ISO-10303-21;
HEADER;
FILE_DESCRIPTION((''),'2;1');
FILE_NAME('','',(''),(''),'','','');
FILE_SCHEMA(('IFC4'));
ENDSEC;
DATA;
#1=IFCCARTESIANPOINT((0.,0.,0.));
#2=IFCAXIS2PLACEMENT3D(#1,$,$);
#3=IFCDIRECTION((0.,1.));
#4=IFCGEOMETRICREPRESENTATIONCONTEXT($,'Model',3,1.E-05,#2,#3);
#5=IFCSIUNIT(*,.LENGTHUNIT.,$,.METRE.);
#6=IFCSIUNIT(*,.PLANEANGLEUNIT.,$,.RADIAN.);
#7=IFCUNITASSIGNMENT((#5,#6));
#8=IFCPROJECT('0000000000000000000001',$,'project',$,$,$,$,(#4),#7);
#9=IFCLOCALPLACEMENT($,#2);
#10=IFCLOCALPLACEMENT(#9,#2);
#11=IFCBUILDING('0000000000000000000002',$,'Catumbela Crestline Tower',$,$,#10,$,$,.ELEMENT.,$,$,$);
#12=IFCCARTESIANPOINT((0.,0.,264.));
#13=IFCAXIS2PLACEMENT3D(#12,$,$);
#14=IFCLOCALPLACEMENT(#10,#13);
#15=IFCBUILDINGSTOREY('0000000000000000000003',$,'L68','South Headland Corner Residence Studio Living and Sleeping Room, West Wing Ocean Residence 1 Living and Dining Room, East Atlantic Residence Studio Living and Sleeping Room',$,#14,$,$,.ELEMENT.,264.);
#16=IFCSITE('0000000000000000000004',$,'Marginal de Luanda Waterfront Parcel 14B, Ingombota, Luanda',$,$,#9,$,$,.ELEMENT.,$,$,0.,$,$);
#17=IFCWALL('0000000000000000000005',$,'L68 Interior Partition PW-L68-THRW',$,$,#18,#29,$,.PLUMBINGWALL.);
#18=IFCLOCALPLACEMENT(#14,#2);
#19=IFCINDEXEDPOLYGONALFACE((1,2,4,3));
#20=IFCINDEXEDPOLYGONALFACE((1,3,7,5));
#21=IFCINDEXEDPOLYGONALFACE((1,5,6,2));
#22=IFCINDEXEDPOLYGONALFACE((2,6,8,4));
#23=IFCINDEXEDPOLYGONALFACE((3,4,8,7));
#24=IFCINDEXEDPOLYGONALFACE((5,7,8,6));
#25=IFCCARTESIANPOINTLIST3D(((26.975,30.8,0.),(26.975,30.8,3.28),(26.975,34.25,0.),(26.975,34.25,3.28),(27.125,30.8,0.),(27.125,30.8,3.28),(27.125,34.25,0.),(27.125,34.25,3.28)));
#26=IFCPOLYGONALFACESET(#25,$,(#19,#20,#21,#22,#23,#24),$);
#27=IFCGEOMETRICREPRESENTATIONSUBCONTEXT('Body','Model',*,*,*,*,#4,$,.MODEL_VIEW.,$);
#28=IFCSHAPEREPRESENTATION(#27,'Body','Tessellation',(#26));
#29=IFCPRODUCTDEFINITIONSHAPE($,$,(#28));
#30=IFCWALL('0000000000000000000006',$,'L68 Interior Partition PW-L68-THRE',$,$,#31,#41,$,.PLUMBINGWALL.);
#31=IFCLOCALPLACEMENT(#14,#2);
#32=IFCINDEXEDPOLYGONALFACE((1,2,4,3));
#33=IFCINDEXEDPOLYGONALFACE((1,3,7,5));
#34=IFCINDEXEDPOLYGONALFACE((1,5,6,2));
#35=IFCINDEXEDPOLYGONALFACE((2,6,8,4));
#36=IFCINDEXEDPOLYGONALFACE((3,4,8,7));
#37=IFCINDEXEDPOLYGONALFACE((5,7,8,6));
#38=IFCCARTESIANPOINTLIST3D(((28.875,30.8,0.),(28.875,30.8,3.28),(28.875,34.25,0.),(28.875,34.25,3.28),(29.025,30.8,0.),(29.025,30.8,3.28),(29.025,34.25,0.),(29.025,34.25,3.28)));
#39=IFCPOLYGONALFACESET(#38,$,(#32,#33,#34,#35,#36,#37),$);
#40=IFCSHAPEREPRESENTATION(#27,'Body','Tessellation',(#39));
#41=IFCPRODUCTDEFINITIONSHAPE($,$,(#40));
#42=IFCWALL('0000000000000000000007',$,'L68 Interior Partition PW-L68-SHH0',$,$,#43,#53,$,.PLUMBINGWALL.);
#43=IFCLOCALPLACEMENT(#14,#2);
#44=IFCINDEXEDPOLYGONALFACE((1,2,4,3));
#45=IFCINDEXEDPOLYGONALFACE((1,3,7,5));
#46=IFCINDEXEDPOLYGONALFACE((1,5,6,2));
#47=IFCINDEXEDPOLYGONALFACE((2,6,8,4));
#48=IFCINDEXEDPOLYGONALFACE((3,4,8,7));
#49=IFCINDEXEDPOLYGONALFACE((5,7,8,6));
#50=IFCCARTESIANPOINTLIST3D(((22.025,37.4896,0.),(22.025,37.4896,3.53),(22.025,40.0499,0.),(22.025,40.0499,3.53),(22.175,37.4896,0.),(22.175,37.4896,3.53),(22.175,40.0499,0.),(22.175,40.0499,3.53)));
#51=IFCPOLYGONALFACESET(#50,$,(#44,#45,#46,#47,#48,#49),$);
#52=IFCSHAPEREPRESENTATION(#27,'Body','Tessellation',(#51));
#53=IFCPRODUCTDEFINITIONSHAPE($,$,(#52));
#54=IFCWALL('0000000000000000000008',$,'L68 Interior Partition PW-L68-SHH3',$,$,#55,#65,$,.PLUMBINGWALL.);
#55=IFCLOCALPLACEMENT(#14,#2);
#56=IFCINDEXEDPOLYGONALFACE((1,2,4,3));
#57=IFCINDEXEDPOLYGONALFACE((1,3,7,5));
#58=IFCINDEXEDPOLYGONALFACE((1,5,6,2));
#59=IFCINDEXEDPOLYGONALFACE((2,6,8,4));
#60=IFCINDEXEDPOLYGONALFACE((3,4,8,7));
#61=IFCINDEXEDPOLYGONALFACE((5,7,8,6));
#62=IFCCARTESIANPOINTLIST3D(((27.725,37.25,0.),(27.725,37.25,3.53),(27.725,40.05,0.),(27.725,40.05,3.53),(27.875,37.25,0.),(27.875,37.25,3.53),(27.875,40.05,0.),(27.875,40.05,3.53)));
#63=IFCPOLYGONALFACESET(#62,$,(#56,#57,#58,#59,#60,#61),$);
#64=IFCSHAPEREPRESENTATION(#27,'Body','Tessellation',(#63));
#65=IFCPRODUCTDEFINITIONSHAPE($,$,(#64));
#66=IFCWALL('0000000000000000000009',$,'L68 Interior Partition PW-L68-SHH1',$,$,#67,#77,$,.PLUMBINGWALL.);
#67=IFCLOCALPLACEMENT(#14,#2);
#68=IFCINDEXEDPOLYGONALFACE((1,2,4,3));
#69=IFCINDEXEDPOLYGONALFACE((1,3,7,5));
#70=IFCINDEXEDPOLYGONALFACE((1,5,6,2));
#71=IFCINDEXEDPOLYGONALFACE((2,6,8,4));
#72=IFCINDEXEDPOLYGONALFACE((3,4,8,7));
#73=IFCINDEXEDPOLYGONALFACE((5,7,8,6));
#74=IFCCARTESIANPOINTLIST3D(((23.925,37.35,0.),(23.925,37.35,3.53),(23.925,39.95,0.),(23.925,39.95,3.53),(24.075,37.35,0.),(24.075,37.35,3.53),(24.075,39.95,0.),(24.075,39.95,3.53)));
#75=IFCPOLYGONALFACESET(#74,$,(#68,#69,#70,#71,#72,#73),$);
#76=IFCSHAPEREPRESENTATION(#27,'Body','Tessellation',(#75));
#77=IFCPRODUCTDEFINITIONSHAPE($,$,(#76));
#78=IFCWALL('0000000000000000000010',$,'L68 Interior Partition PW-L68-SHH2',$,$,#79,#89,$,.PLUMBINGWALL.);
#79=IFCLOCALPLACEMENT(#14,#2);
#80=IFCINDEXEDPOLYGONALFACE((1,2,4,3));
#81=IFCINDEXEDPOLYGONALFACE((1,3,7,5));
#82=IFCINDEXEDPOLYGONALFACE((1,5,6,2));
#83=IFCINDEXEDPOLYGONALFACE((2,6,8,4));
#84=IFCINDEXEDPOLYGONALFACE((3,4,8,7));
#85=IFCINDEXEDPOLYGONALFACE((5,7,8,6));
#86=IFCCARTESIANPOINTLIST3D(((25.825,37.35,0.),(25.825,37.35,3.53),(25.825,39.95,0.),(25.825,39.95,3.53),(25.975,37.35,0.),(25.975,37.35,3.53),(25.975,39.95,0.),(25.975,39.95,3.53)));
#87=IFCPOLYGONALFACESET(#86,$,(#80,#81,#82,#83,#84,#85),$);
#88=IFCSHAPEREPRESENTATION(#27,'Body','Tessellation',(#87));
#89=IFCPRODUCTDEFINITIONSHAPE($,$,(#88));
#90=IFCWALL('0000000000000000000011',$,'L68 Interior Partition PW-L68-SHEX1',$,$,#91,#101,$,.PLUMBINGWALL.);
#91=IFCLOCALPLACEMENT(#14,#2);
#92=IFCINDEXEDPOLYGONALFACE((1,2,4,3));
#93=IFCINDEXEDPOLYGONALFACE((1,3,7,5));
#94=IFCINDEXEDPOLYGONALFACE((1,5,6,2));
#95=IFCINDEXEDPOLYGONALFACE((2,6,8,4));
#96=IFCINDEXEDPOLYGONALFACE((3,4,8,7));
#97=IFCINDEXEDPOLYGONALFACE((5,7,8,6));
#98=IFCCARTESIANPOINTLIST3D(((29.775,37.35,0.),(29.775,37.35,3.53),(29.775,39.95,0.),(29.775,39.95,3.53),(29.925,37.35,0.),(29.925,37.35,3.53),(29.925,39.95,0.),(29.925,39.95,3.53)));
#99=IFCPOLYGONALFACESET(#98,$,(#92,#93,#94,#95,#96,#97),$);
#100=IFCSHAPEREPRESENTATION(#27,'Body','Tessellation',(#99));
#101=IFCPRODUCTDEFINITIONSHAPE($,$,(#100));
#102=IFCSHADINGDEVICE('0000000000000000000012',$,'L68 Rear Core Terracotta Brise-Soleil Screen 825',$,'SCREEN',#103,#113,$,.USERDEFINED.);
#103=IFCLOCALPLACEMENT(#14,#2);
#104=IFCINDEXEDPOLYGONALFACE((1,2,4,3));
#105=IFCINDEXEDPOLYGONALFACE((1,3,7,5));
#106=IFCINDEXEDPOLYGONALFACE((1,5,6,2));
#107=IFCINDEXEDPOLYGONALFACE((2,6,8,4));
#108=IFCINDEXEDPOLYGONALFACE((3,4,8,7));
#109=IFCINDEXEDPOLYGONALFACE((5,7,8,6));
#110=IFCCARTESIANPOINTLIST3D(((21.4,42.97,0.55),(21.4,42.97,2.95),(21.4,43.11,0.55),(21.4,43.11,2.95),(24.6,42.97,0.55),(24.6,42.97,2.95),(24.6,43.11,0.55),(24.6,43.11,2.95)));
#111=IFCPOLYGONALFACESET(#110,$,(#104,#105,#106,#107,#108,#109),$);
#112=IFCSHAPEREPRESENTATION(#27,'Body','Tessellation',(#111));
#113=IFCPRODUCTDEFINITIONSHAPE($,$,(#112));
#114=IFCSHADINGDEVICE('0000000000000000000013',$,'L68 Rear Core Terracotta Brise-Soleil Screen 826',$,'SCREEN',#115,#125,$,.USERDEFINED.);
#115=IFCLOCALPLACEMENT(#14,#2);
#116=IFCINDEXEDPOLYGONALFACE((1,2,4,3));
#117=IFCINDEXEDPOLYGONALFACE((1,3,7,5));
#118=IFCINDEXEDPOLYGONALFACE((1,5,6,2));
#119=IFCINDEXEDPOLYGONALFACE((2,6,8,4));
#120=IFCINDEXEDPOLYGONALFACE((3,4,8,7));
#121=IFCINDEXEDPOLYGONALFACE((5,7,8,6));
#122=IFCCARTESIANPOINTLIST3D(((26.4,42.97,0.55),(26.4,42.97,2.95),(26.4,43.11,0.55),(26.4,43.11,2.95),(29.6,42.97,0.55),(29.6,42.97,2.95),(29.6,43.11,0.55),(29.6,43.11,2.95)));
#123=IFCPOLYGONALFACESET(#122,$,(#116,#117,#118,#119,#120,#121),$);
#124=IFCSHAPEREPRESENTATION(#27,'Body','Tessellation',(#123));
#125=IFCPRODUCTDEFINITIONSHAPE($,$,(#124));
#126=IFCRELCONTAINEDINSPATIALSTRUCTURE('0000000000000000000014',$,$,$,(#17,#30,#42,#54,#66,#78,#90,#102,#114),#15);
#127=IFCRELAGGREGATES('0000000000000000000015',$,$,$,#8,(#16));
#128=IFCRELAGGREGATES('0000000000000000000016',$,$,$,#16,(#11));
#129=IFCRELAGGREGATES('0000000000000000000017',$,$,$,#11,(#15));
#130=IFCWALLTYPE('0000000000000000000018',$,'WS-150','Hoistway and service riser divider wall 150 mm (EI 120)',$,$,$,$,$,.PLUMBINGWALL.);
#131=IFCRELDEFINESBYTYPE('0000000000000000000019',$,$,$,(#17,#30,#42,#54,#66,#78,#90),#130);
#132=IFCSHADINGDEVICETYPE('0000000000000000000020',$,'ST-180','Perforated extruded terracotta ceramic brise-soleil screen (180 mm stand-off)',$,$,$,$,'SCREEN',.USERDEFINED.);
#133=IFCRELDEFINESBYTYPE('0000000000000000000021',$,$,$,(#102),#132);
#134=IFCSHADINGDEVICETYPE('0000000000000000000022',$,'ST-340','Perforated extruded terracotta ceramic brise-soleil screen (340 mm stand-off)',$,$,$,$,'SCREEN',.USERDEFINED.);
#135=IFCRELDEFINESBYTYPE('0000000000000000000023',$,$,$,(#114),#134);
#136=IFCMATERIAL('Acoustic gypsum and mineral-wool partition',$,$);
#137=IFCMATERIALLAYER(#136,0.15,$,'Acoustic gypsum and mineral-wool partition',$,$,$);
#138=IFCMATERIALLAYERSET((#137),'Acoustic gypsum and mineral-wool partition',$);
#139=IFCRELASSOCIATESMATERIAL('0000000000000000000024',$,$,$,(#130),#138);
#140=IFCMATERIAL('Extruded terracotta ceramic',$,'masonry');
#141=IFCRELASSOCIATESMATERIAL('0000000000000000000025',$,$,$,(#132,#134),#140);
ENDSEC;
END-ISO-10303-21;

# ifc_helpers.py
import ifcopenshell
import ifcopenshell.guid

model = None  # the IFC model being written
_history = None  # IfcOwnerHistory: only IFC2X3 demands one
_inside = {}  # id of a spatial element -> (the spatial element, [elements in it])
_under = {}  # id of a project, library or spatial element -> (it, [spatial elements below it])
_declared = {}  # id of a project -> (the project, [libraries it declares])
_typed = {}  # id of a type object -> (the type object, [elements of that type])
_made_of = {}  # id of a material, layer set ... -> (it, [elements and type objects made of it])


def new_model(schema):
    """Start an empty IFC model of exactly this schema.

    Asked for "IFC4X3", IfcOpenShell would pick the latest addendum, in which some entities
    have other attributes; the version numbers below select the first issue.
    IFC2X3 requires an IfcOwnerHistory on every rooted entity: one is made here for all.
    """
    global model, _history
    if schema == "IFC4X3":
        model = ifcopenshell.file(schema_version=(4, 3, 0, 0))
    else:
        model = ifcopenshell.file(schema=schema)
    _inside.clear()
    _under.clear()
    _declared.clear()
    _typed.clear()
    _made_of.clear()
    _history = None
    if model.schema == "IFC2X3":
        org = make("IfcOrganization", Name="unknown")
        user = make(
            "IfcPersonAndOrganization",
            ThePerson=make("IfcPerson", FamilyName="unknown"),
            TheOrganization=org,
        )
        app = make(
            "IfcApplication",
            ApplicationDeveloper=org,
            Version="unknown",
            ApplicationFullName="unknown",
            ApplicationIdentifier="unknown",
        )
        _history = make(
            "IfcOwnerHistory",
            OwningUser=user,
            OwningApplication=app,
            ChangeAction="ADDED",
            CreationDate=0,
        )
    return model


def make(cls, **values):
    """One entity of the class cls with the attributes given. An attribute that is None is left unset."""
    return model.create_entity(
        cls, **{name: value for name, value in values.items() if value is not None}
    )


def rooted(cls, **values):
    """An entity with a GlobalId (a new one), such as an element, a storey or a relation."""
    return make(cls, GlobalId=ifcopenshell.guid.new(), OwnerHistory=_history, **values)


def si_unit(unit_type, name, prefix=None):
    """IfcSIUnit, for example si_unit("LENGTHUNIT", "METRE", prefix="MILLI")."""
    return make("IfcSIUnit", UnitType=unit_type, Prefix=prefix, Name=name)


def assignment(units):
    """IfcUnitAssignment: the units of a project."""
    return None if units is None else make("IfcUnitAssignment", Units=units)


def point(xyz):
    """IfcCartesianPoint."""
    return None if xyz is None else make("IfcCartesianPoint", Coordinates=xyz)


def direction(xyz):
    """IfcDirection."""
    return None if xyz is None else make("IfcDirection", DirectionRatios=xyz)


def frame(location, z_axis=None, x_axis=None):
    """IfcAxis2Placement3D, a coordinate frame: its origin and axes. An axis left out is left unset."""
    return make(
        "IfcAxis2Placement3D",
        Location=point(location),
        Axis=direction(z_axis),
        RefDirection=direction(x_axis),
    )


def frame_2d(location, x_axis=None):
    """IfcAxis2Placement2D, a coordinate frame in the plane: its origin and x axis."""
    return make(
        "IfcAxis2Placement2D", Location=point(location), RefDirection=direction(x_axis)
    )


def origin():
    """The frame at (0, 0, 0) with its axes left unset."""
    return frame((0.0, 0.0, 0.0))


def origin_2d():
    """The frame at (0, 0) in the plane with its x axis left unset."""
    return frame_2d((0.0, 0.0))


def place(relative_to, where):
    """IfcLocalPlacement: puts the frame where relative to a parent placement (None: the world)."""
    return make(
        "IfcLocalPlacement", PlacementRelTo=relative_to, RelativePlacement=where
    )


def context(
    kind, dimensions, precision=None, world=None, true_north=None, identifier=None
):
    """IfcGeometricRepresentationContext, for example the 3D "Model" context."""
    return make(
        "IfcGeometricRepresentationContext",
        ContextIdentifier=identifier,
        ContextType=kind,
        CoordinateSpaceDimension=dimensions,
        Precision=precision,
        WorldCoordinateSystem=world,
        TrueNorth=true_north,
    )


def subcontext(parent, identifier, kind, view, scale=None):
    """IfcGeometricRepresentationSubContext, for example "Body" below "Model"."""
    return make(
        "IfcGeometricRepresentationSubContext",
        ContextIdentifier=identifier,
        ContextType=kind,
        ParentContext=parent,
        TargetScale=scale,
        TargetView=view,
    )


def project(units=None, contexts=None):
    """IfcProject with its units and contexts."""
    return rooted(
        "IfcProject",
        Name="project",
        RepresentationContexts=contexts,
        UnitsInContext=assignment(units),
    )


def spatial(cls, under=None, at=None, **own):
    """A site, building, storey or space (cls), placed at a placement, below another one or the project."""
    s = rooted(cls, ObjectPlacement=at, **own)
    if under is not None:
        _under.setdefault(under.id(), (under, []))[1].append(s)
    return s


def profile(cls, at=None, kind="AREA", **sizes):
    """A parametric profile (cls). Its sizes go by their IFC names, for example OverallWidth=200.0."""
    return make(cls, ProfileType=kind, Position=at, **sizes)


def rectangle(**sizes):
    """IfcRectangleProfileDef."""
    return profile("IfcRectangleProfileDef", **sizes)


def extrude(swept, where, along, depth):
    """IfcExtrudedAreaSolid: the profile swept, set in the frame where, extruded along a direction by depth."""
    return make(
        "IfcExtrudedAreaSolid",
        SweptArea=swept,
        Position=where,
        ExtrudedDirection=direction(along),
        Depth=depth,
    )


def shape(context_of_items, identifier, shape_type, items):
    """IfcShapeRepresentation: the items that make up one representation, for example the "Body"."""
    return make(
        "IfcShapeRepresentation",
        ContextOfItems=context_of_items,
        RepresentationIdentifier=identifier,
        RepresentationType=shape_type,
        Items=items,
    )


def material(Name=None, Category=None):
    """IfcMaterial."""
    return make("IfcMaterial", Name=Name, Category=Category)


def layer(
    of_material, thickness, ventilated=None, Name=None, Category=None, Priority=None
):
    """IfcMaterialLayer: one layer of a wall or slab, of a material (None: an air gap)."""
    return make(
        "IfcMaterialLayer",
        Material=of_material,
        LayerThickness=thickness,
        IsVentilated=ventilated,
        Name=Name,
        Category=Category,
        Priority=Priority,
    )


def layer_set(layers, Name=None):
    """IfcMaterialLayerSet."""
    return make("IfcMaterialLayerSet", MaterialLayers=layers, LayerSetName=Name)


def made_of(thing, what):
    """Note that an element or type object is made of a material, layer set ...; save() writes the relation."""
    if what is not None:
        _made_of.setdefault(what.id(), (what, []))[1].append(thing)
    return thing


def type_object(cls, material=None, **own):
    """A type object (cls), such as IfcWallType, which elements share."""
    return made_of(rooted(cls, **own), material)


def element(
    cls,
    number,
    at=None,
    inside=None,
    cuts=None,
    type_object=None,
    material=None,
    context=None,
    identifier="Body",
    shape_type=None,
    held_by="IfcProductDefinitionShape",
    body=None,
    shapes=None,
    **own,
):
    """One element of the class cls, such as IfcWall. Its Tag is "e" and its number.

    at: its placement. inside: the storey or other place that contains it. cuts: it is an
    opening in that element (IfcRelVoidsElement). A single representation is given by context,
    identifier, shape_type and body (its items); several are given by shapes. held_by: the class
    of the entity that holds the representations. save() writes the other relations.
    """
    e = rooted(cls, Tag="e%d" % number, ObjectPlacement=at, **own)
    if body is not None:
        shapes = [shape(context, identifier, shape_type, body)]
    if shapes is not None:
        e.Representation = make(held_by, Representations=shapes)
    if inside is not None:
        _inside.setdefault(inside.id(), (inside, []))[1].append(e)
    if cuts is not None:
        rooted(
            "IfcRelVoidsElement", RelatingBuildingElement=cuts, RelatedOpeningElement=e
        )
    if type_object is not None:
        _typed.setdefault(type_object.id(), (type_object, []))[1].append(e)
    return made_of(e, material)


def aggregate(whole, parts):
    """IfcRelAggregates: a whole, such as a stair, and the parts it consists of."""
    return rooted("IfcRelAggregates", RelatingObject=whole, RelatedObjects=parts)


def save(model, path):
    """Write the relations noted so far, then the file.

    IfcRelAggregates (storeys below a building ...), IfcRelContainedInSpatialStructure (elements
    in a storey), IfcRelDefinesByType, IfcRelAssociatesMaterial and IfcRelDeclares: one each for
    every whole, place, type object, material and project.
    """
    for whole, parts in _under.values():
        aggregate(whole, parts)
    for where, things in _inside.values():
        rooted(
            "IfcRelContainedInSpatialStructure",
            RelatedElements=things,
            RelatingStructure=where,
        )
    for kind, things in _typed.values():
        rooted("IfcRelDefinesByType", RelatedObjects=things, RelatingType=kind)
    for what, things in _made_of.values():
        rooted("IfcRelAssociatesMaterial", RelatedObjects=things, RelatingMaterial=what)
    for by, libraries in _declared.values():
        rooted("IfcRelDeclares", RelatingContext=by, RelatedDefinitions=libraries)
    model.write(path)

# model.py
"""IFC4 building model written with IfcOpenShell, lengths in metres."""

from ifc_helpers import new_model, si_unit, direction, frame, frame_2d, origin, origin_2d, place, context, subcontext, project, spatial, rectangle, extrude, material, layer, layer_set, type_object, element, save


model = new_model("IFC4")

# Units and contexts
model_context = context("Model", 3, precision=1e-05, world=origin(), true_north=direction((0.0, 1.0)))
body_context = subcontext(model_context, "Body", "Model", "MODEL_VIEW")
ifc_project = project(units=[si_unit("LENGTHUNIT", "METRE"), si_unit("PLANEANGLEUNIT", "RADIAN")], contexts=[model_context])

# Site, building, storey
site_placement = place(None, origin())
site = spatial("IfcSite", under=ifc_project, at=site_placement, Name="Marginal de Luanda Waterfront Parcel 14B, Ingombota, Luanda", CompositionType="ELEMENT", RefElevation=0.0)
building_placement = place(site_placement, origin())
building = spatial("IfcBuilding", under=site, at=building_placement, Name="Catumbela Crestline Tower", CompositionType="ELEMENT")
storey_placement = place(building_placement, frame((0.0, 0.0, 264.0)))
storey = spatial("IfcBuildingStorey", under=building, at=storey_placement, Name="L68", Description="South Headland Corner Residence Studio Living and Sleeping Room, West Wing Ocean Residence 1 Living and Dining Room, East Atlantic Residence Studio Living and Sleeping Room", CompositionType="ELEMENT", Elevation=264.0)

# Shared definitions
ifc_material_1 = material(Name="Acoustic gypsum and mineral-wool partition")

# Walls
ifc_layer_1 = layer(ifc_material_1, 0.15, Name="Acoustic gypsum and mineral-wool partition")
ifc_layer_set_1 = layer_set([ifc_layer_1], Name="Acoustic gypsum and mineral-wool partition")
wall_type_1 = type_object("IfcWallType", Name="WS-150", Description="Hoistway and service riser divider wall 150 mm (EI 120)", PredefinedType="PLUMBINGWALL", material=ifc_layer_set_1)
for number, where, z_axis, x_axis, name in (
    (1, (27.05, 30.8, 0.0), (0.0, 0.0, 1.0), (0.0, 1.0, 0.0), "L68 Interior Partition PW-L68-THRW"),
    (2, (28.95, 30.8, 0.0), (0.0, 0.0, 1.0), (0.0, 1.0, 0.0), "L68 Interior Partition PW-L68-THRE"),
):
    element("IfcWall", number, at=place(storey_placement, frame(where, z_axis=z_axis, x_axis=x_axis)), inside=storey, type_object=wall_type_1, Name=name, PredefinedType="PLUMBINGWALL", context=body_context, shape_type="SweptSolid", body=[
        extrude(rectangle(XDim=3.45, YDim=0.15, at=frame_2d((1.725, 0.0))), origin(), (0.0, 0.0, 1.0), 3.28),
    ])
wall_1_placement = place(storey_placement, frame((22.1, 37.4897, 0.0), z_axis=(0.0, 0.0, 1.0), x_axis=(0.0, 1.0, 0.0)))
element("IfcWall", 3, at=wall_1_placement, inside=storey, type_object=wall_type_1, Name="L68 Interior Partition PW-L68-SHH0", PredefinedType="PLUMBINGWALL", context=body_context, shape_type="SweptSolid", body=[
    extrude(rectangle(XDim=2.5603, YDim=0.15, at=frame_2d((1.2801, 0.0))), origin(), (0.0, 0.0, 1.0), 3.53),
])
wall_2_placement = place(storey_placement, frame((27.8, 37.25, 0.0), z_axis=(0.0, 0.0, 1.0), x_axis=(0.0, 1.0, 0.0)))
element("IfcWall", 4, at=wall_2_placement, inside=storey, type_object=wall_type_1, Name="L68 Interior Partition PW-L68-SHH3", PredefinedType="PLUMBINGWALL", context=body_context, shape_type="SweptSolid", body=[
    extrude(rectangle(XDim=2.8, YDim=0.15, at=frame_2d((1.4, 0.0))), origin(), (0.0, 0.0, 1.0), 3.53),
])
for number, where, z_axis, x_axis, name in (
    (5, (24.0, 37.35, 0.0), (0.0, 0.0, 1.0), (0.0, 1.0, 0.0), "L68 Interior Partition PW-L68-SHH1"),
    (6, (25.9, 37.35, 0.0), (0.0, 0.0, 1.0), (0.0, 1.0, 0.0), "L68 Interior Partition PW-L68-SHH2"),
    (7, (29.85, 37.35, 0.0), (0.0, 0.0, 1.0), (0.0, 1.0, 0.0), "L68 Interior Partition PW-L68-SHEX1"),
):
    element("IfcWall", number, at=place(storey_placement, frame(where, z_axis=z_axis, x_axis=x_axis)), inside=storey, type_object=wall_type_1, Name=name, PredefinedType="PLUMBINGWALL", context=body_context, shape_type="SweptSolid", body=[
        extrude(rectangle(XDim=2.6, YDim=0.15, at=frame_2d((1.3, 0.0))), origin(), (0.0, 0.0, 1.0), 3.53),
    ])

# Shading devices
ifc_material_2 = material(Name="Extruded terracotta ceramic", Category="masonry")
shading_device_type_1 = type_object("IfcShadingDeviceType", Name="ST-180", Description="Perforated extruded terracotta ceramic brise-soleil screen (180 mm stand-off)", ElementType="SCREEN", PredefinedType="USERDEFINED", material=ifc_material_2)
shading_device_1_placement = place(storey_placement, frame((23.0, 43.04, 0.55), z_axis=(0.0, 0.0, 1.0), x_axis=(1.0, 0.0, 0.0)))
element("IfcShadingDevice", 8, at=shading_device_1_placement, inside=storey, type_object=shading_device_type_1, Name="L68 Rear Core Terracotta Brise-Soleil Screen 825", ObjectType="SCREEN", PredefinedType="USERDEFINED", context=body_context, shape_type="SweptSolid", body=[
    extrude(rectangle(XDim=3.2, YDim=0.14, at=origin_2d()), origin(), (0.0, 0.0, 1.0), 2.4),
])
shading_device_type_2 = type_object("IfcShadingDeviceType", Name="ST-340", Description="Perforated extruded terracotta ceramic brise-soleil screen (340 mm stand-off)", ElementType="SCREEN", PredefinedType="USERDEFINED", material=ifc_material_2)
shading_device_2_placement = place(storey_placement, frame((28.0, 43.04, 0.55), z_axis=(0.0, 0.0, 1.0), x_axis=(1.0, 0.0, 0.0)))
element("IfcShadingDevice", 9, at=shading_device_2_placement, inside=storey, type_object=shading_device_type_2, Name="L68 Rear Core Terracotta Brise-Soleil Screen 826", ObjectType="SCREEN", PredefinedType="USERDEFINED", context=body_context, shape_type="SweptSolid", body=[
    extrude(rectangle(XDim=3.2, YDim=0.14, at=origin_2d()), origin(), (0.0, 0.0, 1.0), 2.4),
])

save(model, "model.ifc")
